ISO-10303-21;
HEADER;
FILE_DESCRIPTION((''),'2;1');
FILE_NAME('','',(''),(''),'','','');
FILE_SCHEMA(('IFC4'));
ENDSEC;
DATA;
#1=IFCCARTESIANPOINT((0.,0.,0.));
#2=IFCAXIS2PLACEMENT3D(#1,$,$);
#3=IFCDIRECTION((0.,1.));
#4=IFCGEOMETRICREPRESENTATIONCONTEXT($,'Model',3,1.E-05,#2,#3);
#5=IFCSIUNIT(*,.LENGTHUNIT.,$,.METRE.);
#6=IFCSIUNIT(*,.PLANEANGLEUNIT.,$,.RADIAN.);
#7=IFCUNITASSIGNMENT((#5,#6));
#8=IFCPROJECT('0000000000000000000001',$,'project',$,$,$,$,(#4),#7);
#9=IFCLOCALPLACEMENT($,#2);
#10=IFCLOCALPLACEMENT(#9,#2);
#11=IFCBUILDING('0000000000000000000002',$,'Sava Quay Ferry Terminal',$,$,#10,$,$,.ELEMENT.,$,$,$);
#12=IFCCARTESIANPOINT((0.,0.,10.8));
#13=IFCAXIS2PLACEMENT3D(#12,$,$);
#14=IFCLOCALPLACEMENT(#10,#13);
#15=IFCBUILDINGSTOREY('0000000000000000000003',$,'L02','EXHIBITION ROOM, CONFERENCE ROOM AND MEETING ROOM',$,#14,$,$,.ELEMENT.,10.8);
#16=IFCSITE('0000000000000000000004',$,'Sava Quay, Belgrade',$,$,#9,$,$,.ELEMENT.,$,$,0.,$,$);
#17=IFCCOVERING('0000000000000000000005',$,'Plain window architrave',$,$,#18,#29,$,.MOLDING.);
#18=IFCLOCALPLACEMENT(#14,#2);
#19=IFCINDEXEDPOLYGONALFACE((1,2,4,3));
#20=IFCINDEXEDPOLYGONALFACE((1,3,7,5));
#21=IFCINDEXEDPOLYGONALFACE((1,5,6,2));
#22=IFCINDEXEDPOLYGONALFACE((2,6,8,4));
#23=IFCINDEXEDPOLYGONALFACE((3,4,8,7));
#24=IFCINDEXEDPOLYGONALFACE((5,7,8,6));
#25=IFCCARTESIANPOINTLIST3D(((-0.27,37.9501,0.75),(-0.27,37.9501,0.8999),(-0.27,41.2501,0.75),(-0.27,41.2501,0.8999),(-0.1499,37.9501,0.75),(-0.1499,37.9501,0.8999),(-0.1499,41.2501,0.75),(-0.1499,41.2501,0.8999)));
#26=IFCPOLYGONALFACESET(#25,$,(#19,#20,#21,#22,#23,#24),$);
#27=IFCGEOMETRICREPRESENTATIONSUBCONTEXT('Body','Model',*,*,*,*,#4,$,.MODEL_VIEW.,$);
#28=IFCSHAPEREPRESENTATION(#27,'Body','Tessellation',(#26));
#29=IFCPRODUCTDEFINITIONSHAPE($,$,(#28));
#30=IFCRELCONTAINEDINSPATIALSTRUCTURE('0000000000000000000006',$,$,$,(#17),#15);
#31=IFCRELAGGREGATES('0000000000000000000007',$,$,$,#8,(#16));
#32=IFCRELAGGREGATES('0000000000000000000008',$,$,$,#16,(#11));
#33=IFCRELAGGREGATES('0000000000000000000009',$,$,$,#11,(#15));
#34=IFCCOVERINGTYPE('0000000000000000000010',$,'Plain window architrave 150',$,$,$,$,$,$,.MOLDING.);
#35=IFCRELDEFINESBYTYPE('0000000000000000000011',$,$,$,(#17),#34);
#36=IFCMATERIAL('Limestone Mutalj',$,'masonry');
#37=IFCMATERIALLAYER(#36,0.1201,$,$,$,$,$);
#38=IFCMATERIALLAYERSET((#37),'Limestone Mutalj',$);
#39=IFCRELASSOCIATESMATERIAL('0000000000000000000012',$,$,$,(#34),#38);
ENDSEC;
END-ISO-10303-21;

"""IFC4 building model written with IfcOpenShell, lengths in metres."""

from ifc_helpers import new_model, si_unit, direction, frame, origin, origin_2d, place, context, subcontext, project, spatial, rectangle, extrude, material, layer, layer_set, type_object, element, save


model = new_model("IFC4")

# Units and contexts
model_context = context("Model", 3, precision=1e-05, world=origin(), true_north=direction((0.0, 1.0)))
body_context = subcontext(model_context, "Body", "Model", "MODEL_VIEW")
ifc_project = project(units=[si_unit("LENGTHUNIT", "METRE"), si_unit("PLANEANGLEUNIT", "RADIAN")], contexts=[model_context])

# Site, building, storey
site_placement = place(None, origin())
site = spatial("IfcSite", under=ifc_project, at=site_placement, Name="Sava Quay, Belgrade", CompositionType="ELEMENT", RefElevation=0.0)
building_placement = place(site_placement, origin())
building = spatial("IfcBuilding", under=site, at=building_placement, Name="Sava Quay Ferry Terminal", CompositionType="ELEMENT")
storey_placement = place(building_placement, frame((0.0, 0.0, 10.8)))
storey = spatial("IfcBuildingStorey", under=building, at=storey_placement, Name="L02", Description="EXHIBITION ROOM, CONFERENCE ROOM AND MEETING ROOM", CompositionType="ELEMENT", Elevation=10.8)

# Covering
ifc_material_1 = material(Name="Limestone Mutalj", Category="masonry")
ifc_layer_1 = layer(ifc_material_1, 0.1201)
ifc_layer_set_1 = layer_set([ifc_layer_1], Name="Limestone Mutalj")
covering_type_1 = type_object("IfcCoveringType", Name="Plain window architrave 150", PredefinedType="MOLDING", material=ifc_layer_set_1)
for number, where, z_axis, x_axis, name in (
    (1, (-0.21, 39.6001, 0.75), (0.0, 0.0, 1.0), (1.0, 0.0, 0.0), "Plain window architrave"),
):
    element("IfcCovering", number, at=place(storey_placement, frame(where, z_axis=z_axis, x_axis=x_axis)), inside=storey, type_object=covering_type_1, Name=name, PredefinedType="MOLDING", context=body_context, shape_type="SweptSolid", body=[
        extrude(rectangle(XDim=0.1201, YDim=3.3, at=origin_2d()), origin(), (0.0, 0.0, 1.0), 0.1499),
    ])

save(model, "model.ifc")
